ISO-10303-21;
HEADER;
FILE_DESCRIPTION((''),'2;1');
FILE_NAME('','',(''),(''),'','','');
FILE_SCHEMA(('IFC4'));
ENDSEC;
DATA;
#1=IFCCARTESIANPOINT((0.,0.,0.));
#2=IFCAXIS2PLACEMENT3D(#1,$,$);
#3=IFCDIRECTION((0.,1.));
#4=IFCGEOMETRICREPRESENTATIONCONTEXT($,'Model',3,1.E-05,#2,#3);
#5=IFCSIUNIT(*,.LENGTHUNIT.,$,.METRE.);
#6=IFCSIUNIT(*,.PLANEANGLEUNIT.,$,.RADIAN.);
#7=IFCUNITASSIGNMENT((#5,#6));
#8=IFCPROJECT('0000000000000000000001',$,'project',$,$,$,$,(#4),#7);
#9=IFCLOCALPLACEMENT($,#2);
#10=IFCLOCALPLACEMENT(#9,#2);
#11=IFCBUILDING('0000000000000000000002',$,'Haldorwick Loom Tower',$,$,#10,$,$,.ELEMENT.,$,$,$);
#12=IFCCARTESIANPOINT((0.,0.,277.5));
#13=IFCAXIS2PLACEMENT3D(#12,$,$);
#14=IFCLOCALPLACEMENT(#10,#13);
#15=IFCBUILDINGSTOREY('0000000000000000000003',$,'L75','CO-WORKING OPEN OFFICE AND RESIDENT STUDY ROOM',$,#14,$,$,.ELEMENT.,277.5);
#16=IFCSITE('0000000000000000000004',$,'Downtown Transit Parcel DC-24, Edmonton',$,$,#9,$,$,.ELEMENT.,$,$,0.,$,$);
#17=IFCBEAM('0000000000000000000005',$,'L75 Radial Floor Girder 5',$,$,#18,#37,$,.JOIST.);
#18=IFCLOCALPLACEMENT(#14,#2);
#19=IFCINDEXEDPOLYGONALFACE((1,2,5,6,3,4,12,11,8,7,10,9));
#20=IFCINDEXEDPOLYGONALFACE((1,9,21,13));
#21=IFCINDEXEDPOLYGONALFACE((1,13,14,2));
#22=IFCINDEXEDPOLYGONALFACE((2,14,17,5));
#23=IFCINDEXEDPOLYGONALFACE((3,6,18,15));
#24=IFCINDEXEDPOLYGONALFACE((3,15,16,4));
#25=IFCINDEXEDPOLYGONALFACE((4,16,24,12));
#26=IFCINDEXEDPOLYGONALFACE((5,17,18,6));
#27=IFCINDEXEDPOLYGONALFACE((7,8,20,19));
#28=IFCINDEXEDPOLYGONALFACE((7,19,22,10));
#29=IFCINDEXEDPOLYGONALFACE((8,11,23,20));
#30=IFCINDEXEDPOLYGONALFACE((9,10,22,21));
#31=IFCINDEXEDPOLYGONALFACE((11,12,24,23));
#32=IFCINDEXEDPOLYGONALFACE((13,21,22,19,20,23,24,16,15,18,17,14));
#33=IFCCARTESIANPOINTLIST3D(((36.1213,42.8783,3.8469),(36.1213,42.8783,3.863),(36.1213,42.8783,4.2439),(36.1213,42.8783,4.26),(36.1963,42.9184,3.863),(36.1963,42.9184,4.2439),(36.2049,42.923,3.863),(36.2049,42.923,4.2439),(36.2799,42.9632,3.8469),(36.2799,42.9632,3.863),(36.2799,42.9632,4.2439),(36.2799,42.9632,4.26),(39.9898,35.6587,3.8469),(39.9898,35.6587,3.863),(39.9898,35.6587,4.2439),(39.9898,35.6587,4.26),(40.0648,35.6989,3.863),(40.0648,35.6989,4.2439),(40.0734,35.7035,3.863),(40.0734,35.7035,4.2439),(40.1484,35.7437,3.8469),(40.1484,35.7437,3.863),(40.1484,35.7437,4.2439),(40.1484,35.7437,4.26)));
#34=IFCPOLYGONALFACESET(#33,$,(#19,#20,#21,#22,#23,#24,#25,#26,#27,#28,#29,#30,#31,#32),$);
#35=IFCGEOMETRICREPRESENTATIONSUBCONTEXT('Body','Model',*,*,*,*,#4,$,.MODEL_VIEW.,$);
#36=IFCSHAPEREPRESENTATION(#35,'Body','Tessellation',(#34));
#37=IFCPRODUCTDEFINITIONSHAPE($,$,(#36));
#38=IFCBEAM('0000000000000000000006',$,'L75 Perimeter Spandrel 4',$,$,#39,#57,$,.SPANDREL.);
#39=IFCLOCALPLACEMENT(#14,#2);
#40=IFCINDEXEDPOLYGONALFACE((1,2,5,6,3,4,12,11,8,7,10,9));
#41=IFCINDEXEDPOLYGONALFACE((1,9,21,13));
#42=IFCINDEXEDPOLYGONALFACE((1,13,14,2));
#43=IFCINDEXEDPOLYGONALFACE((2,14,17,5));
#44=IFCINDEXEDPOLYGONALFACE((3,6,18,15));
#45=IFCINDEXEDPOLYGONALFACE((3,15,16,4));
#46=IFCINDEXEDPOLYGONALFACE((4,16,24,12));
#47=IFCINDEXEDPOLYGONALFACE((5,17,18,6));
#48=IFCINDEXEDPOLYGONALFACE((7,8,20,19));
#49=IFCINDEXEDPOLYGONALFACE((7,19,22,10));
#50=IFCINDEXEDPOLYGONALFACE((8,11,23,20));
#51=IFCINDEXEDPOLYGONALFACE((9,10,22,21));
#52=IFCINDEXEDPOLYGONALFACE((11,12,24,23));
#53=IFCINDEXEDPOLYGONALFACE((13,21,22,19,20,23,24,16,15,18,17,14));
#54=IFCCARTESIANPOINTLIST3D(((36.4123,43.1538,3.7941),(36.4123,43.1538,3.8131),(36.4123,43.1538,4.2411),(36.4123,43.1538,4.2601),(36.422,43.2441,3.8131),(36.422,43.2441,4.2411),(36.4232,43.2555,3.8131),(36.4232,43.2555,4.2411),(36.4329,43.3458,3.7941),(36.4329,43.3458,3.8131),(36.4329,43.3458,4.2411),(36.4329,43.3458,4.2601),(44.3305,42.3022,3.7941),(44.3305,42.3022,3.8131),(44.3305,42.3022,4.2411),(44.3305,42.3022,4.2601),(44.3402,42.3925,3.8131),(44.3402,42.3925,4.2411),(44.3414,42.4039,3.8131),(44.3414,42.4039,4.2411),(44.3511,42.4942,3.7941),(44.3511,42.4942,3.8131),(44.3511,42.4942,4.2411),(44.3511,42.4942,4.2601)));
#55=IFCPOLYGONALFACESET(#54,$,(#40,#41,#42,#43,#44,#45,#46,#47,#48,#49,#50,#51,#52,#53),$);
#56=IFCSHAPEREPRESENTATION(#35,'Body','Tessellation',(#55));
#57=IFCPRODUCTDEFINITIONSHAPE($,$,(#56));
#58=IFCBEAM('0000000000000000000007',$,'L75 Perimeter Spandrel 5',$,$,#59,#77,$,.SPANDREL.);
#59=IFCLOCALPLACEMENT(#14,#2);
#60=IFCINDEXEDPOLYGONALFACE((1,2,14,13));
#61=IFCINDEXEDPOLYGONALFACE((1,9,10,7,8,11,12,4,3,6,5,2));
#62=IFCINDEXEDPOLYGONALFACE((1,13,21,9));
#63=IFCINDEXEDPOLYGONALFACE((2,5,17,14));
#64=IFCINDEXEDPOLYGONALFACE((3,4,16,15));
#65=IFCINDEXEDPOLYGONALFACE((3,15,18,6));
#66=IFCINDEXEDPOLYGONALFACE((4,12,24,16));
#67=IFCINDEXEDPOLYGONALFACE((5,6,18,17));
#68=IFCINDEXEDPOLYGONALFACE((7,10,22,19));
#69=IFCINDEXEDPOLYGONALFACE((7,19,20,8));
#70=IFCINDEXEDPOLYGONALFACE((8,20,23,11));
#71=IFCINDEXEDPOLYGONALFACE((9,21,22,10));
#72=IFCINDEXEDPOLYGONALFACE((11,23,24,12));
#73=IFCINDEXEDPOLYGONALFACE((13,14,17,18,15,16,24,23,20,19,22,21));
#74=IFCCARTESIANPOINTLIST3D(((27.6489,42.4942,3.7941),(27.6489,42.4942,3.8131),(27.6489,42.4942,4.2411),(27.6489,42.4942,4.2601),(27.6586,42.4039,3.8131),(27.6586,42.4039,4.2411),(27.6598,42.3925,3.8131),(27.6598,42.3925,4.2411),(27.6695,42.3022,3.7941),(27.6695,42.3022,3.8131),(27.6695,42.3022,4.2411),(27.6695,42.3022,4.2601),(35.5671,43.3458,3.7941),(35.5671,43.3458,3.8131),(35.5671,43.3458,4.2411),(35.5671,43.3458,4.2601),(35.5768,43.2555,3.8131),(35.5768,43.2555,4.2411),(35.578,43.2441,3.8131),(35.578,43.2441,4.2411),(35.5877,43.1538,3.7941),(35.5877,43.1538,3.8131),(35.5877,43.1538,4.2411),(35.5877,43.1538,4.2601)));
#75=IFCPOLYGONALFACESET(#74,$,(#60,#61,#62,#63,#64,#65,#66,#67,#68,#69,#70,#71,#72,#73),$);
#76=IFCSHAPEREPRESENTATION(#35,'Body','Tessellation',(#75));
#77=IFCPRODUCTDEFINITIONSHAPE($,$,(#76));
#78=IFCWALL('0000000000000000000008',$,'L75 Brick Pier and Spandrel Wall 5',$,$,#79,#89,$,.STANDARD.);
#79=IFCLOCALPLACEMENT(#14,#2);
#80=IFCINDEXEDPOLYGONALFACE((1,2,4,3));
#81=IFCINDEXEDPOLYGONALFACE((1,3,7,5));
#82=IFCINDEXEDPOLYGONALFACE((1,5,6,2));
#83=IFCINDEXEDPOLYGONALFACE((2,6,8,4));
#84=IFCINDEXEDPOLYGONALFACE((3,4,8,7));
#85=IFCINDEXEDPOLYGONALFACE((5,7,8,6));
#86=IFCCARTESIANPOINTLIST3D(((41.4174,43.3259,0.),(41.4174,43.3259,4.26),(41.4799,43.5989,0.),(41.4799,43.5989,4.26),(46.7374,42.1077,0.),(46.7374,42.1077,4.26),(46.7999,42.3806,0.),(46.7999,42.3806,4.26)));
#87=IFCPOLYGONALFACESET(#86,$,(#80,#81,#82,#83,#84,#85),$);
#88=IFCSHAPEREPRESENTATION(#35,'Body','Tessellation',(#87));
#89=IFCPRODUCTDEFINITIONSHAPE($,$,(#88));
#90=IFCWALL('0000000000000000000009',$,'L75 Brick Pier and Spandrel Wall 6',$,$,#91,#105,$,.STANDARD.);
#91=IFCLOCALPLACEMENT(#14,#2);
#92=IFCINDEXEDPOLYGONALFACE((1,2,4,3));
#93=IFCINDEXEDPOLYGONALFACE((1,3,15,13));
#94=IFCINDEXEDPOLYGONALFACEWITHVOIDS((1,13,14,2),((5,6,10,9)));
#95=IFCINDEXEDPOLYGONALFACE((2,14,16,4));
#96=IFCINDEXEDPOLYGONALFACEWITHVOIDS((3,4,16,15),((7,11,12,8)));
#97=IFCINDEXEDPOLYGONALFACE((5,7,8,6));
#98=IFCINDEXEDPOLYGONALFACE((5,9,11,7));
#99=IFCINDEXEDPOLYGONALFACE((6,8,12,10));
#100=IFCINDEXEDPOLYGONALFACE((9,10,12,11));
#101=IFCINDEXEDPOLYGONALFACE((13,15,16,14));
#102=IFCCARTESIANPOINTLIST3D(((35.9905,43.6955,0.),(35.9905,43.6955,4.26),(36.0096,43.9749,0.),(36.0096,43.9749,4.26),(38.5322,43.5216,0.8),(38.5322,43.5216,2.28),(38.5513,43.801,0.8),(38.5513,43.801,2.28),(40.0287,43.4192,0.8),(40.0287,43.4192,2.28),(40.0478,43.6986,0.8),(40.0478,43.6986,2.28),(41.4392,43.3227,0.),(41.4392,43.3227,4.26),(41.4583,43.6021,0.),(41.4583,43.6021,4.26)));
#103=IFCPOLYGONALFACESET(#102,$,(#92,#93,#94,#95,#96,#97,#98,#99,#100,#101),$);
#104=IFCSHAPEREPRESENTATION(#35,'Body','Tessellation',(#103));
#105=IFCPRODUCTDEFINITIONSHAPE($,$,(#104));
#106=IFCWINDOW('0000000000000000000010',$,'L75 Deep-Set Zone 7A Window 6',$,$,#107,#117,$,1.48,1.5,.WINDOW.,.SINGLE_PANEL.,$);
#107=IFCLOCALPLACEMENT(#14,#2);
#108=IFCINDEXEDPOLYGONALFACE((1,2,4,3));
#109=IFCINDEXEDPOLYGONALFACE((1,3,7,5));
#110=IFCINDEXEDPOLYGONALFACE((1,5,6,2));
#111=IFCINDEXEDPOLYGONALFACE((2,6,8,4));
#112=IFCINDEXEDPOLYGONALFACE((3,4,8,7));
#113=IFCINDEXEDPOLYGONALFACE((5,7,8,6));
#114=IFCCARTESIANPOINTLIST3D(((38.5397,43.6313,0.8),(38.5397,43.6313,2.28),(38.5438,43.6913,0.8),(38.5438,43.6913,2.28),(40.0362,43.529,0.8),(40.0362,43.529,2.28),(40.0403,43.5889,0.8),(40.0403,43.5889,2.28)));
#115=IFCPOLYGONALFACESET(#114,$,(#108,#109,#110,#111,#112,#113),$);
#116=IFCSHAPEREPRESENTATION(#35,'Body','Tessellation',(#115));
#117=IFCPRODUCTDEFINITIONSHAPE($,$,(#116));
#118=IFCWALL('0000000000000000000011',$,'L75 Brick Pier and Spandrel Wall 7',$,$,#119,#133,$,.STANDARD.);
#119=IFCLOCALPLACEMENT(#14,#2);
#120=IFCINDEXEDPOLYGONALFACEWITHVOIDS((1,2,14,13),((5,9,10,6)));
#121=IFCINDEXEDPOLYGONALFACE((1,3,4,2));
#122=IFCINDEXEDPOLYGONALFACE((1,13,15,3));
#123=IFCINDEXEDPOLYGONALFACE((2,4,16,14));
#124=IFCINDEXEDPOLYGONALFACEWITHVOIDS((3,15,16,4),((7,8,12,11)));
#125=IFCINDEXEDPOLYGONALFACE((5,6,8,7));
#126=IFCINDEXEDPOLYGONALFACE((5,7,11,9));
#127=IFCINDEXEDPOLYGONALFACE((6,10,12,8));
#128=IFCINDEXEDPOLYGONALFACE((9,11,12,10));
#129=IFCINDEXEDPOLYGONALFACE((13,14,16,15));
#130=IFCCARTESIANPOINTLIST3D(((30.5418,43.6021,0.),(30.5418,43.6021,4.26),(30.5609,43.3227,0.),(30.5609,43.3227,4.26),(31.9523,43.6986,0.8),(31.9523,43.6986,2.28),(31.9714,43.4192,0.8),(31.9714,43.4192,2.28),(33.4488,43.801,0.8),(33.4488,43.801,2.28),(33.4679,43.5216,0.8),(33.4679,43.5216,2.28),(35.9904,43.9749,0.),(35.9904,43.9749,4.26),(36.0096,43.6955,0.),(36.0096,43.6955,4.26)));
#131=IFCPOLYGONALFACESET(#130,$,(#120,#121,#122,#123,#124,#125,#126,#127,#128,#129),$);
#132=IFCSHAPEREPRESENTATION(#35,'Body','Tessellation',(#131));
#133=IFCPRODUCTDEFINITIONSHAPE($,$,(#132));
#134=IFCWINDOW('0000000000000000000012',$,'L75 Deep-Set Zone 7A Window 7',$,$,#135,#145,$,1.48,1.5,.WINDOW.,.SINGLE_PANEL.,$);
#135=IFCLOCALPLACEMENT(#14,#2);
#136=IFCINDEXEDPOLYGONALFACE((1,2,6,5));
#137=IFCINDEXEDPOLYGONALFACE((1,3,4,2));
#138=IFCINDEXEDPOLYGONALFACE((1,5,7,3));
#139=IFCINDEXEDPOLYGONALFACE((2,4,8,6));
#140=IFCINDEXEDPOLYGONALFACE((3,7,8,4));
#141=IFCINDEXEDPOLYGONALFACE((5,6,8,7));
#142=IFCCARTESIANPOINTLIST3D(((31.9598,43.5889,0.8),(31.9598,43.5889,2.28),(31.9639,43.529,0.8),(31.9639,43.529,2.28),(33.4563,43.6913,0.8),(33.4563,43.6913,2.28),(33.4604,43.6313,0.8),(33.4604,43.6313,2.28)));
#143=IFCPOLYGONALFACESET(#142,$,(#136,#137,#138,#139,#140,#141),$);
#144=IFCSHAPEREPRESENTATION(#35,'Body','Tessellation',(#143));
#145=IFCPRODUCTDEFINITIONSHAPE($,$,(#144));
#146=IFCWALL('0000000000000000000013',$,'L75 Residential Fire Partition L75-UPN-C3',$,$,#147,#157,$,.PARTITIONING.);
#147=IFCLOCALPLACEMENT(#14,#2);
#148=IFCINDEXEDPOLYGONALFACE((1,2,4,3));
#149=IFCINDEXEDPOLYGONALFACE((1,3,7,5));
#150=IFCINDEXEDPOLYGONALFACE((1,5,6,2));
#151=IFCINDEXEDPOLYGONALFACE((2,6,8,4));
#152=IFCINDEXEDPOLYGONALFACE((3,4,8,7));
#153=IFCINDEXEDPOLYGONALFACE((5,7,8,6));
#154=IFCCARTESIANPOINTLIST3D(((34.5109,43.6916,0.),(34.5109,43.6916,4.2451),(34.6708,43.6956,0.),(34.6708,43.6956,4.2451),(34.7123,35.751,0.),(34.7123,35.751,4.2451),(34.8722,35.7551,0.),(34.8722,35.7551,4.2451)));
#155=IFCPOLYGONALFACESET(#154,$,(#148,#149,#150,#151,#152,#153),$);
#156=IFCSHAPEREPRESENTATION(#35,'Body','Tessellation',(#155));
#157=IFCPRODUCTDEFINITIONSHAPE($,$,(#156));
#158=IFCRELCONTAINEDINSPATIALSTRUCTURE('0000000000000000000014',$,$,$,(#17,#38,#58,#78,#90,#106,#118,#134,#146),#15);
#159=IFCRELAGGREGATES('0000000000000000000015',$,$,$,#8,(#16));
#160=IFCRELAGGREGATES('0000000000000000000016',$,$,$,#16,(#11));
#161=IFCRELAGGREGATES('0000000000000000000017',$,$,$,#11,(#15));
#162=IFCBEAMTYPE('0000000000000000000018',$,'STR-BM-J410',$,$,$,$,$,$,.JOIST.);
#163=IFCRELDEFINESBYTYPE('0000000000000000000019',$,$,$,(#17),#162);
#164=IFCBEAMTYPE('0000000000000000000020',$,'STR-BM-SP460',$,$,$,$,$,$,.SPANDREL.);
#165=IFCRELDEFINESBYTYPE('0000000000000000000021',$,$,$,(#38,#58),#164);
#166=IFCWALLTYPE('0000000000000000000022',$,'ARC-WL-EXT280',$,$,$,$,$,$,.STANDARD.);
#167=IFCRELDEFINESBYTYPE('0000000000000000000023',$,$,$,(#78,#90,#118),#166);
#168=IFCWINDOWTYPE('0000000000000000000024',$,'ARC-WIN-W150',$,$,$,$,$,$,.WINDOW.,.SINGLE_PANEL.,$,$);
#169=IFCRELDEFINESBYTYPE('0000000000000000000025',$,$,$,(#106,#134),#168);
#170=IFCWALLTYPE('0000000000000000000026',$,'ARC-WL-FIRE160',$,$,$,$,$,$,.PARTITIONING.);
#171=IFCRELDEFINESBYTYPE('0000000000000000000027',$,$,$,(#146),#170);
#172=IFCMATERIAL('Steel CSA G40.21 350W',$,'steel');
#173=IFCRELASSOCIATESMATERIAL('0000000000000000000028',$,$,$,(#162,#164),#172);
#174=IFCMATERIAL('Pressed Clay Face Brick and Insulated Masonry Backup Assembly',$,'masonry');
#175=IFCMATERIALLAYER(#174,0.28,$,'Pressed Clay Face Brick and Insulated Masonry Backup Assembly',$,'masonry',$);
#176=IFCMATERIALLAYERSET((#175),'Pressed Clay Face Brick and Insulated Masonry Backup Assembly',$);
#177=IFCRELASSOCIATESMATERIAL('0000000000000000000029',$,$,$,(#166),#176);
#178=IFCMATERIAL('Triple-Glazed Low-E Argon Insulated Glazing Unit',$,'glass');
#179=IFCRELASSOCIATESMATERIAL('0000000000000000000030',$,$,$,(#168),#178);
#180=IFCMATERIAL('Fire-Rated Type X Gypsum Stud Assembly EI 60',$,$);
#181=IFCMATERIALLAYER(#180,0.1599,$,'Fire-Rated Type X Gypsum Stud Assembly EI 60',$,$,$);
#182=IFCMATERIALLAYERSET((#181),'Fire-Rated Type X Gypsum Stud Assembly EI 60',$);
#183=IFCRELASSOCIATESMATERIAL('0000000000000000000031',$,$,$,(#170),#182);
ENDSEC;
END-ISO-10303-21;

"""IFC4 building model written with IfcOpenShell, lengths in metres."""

from ifc_helpers import new_model, si_unit, direction, frame, frame_2d, origin, origin_2d, place, context, subcontext, project, spatial, rectangle, i_section, extrude, material, layer, layer_set, material_profile, profile_set, type_object, element, fill, save


model = new_model("IFC4")

# Units and contexts
model_context = context("Model", 3, precision=1e-05, world=origin(), true_north=direction((0.0, 1.0)))
body_context = subcontext(model_context, "Body", "Model", "MODEL_VIEW")
ifc_project = project(units=[si_unit("LENGTHUNIT", "METRE"), si_unit("PLANEANGLEUNIT", "RADIAN")], contexts=[model_context])

# Site, building, storey
site_placement = place(None, origin())
site = spatial("IfcSite", under=ifc_project, at=site_placement, Name="Downtown Transit Parcel DC-24, Edmonton", CompositionType="ELEMENT", RefElevation=0.0)
building_placement = place(site_placement, origin())
building = spatial("IfcBuilding", under=site, at=building_placement, Name="Haldorwick Loom Tower", CompositionType="ELEMENT")
storey_placement = place(building_placement, frame((0.0, 0.0, 277.5)))
storey = spatial("IfcBuildingStorey", under=building, at=storey_placement, Name="L75", Description="CO-WORKING OPEN OFFICE AND RESIDENT STUDY ROOM", CompositionType="ELEMENT", Elevation=277.5)

# Shared definitions
ifc_material_1 = material(Name="Steel CSA G40.21 350W", Category="steel")

# Beams
ifc_material_profile_1 = material_profile(ifc_material_1, i_section(OverallWidth=0.1799, OverallDepth=0.4131, WebThickness=0.0098, FlangeThickness=0.0161, at=origin_2d()), Name="W410X74", Category="steel")
ifc_profile_set_1 = profile_set([ifc_material_profile_1], Name="Steel CSA G40.21 350W")
beam_type_1 = type_object("IfcBeamType", Name="STR-BM-J410", PredefinedType="JOIST", material=ifc_profile_set_1)
beam_1_placement = place(storey_placement, frame((40.0691, 35.7012, 4.0535), z_axis=(-0.4723, 0.881438, 0.0), x_axis=(-0.881438, -0.4723, 0.0)))
element("IfcBeam", 1, at=beam_1_placement, inside=storey, type_object=beam_type_1, Name="L75 Radial Floor Girder 5", PredefinedType="JOIST", context=body_context, shape_type="SweptSolid", body=[
    extrude(i_section(OverallWidth=0.1799, OverallDepth=0.4131, WebThickness=0.0098, FlangeThickness=0.0161, at=origin_2d()), origin(), (0.0, 0.0, 1.0), 8.1907),
])
ifc_material_profile_2 = material_profile(ifc_material_1, i_section(OverallWidth=0.1931, OverallDepth=0.4661, WebThickness=0.0115, FlangeThickness=0.019, at=origin_2d()), Name="W460X97", Category="steel")
ifc_profile_set_2 = profile_set([ifc_material_profile_2], Name="Steel CSA G40.21 350W")
beam_type_2 = type_object("IfcBeamType", Name="STR-BM-SP460", PredefinedType="SPANDREL", material=ifc_profile_set_2)
for number, where, z_axis, x_axis, name in (
    (2, (44.3408, 42.3982, 4.0271), (-0.994267, 0.106928, 0.0), (-0.106928, -0.994267, 0.0), "L75 Perimeter Spandrel 4"),
    (3, (35.5774, 43.2498, 4.0271), (-0.994267, -0.106928, 0.0), (0.106928, -0.994267, 0.0), "L75 Perimeter Spandrel 5"),
):
    element("IfcBeam", number, at=place(storey_placement, frame(where, z_axis=z_axis, x_axis=x_axis)), inside=storey, type_object=beam_type_2, Name=name, PredefinedType="SPANDREL", context=body_context, shape_type="SweptSolid", body=[
        extrude(i_section(OverallWidth=0.1931, OverallDepth=0.4661, WebThickness=0.0115, FlangeThickness=0.019, at=origin_2d()), origin(), (0.0, 0.0, 1.0), 7.9639),
    ])

# Wall
ifc_material_2 = material(Name="Pressed Clay Face Brick and Insulated Masonry Backup Assembly", Category="masonry")
ifc_layer_1 = layer(ifc_material_2, 0.28, Name="Pressed Clay Face Brick and Insulated Masonry Backup Assembly", Category="masonry")
ifc_layer_set_1 = layer_set([ifc_layer_1], Name="Pressed Clay Face Brick and Insulated Masonry Backup Assembly")
wall_type_1 = type_object("IfcWallType", Name="ARC-WL-EXT280", PredefinedType="STANDARD", material=ifc_layer_set_1)
wall_1_placement = place(storey_placement, frame((46.7688, 42.2441, 0.0), z_axis=(0.0, 0.0, 1.0), x_axis=(-0.974769, 0.223216, 0.0)))
element("IfcWall", 4, at=wall_1_placement, inside=storey, type_object=wall_type_1, Name="L75 Brick Pier and Spandrel Wall 5", PredefinedType="STANDARD", context=body_context, shape_type="SweptSolid", body=[
    extrude(rectangle(XDim=5.4578, YDim=0.28, at=frame_2d((2.729, 0.0))), origin(), (0.0, 0.0, 1.0), 4.26),
])

# Walls, openings, windows
wall_2_placement = place(storey_placement, frame((41.4487, 43.4624, 0.0), z_axis=(0.0, 0.0, 1.0), x_axis=(-0.997668, 0.068261, 0.0)))
wall_2 = element("IfcWall", 5, at=wall_2_placement, inside=storey, type_object=wall_type_1, Name="L75 Brick Pier and Spandrel Wall 6", PredefinedType="STANDARD", context=body_context, shape_type="SweptSolid", body=[
    extrude(rectangle(XDim=5.4614, YDim=0.28, at=frame_2d((2.7307, 0.0))), origin(), (0.0, 0.0, 1.0), 4.26),
])
opening_1_placement = place(wall_2_placement, frame((1.4138, 0.0, 0.8)))
opening_1 = element("IfcOpeningElement", 6, at=opening_1_placement, cuts=wall_2, PredefinedType="OPENING", context=body_context, shape_type="SweptSolid", body=[
    extrude(rectangle(XDim=1.5, YDim=1.48, at=frame_2d((0.75, 0.74))), frame((0.0, 0.1499, 0.0), z_axis=(0.0, -1.0, 0.0), x_axis=(1.0, 0.0, 0.0)), (0.0, 0.0, 1.0), 0.3),
])
ifc_material_3 = material(Name="Triple-Glazed Low-E Argon Insulated Glazing Unit", Category="glass")
window_type = type_object("IfcWindowType", Name="ARC-WIN-W150", PartitioningType="SINGLE_PANEL", PredefinedType="WINDOW", material=ifc_material_3)
window_1_placement = place(opening_1_placement, origin())
window_1 = element("IfcWindow", 7, at=window_1_placement, inside=storey, type_object=window_type, Name="L75 Deep-Set Zone 7A Window 6", OverallHeight=1.48, OverallWidth=1.5, PartitioningType="SINGLE_PANEL", PredefinedType="WINDOW", context=body_context, shape_type="SweptSolid", body=[
    extrude(rectangle(XDim=1.5, YDim=1.48, at=frame_2d((0.75, 0.74))), frame((0.0, 0.03, 0.0), z_axis=(0.0, -1.0, 0.0), x_axis=(1.0, 0.0, 0.0)), (0.0, 0.0, 1.0), 0.0601),
])
fill(opening_1, window_1)
wall_3_placement = place(storey_placement, frame((36.0, 43.8352, 0.0), z_axis=(0.0, 0.0, 1.0), x_axis=(-0.997668, -0.068261, 0.0)))
wall_3 = element("IfcWall", 8, at=wall_3_placement, inside=storey, type_object=wall_type_1, Name="L75 Brick Pier and Spandrel Wall 7", PredefinedType="STANDARD", context=body_context, shape_type="SweptSolid", body=[
    extrude(rectangle(XDim=5.4614, YDim=0.28, at=frame_2d((2.7307, 0.0))), origin(), (0.0, 0.0, 1.0), 4.26),
])
opening_2_placement = place(wall_3_placement, frame((2.5476, 0.0, 0.8)))
opening_2 = element("IfcOpeningElement", 9, at=opening_2_placement, cuts=wall_3, PredefinedType="OPENING", context=body_context, shape_type="SweptSolid", body=[
    extrude(rectangle(XDim=1.5, YDim=1.48, at=frame_2d((0.75, 0.74))), frame((0.0, 0.1499, 0.0), z_axis=(0.0, -1.0, 0.0), x_axis=(1.0, 0.0, 0.0)), (0.0, 0.0, 1.0), 0.3),
])
window_2_placement = place(opening_2_placement, origin())
window_2 = element("IfcWindow", 10, at=window_2_placement, inside=storey, type_object=window_type, Name="L75 Deep-Set Zone 7A Window 7", OverallHeight=1.48, OverallWidth=1.5, PartitioningType="SINGLE_PANEL", PredefinedType="WINDOW", context=body_context, shape_type="SweptSolid", body=[
    extrude(rectangle(XDim=1.5, YDim=1.48, at=frame_2d((0.75, 0.74))), frame((0.0, 0.03, 0.0), z_axis=(0.0, -1.0, 0.0), x_axis=(1.0, 0.0, 0.0)), (0.0, 0.0, 1.0), 0.0601),
])
fill(opening_2, window_2)

# Wall
ifc_material_4 = material(Name="Fire-Rated Type X Gypsum Stud Assembly EI 60")
ifc_layer_2 = layer(ifc_material_4, 0.1599, Name="Fire-Rated Type X Gypsum Stud Assembly EI 60")
ifc_layer_set_2 = layer_set([ifc_layer_2], Name="Fire-Rated Type X Gypsum Stud Assembly EI 60")
wall_type_2 = type_object("IfcWallType", Name="ARC-WL-FIRE160", PredefinedType="PARTITIONING", material=ifc_layer_set_2)
wall_4_placement = place(storey_placement, frame((34.7922, 35.7529, 0.0), z_axis=(0.0, 0.0, 1.0), x_axis=(-0.025357, 0.999678, 0.0)))
element("IfcWall", 11, at=wall_4_placement, inside=storey, type_object=wall_type_2, Name="L75 Residential Fire Partition L75-UPN-C3", PredefinedType="PARTITIONING", context=body_context, shape_type="SweptSolid", body=[
    extrude(rectangle(XDim=7.9431, YDim=0.1599, at=frame_2d((3.9717, 0.0))), origin(), (0.0, 0.0, 1.0), 4.2451),
])

save(model, "model.ifc")
